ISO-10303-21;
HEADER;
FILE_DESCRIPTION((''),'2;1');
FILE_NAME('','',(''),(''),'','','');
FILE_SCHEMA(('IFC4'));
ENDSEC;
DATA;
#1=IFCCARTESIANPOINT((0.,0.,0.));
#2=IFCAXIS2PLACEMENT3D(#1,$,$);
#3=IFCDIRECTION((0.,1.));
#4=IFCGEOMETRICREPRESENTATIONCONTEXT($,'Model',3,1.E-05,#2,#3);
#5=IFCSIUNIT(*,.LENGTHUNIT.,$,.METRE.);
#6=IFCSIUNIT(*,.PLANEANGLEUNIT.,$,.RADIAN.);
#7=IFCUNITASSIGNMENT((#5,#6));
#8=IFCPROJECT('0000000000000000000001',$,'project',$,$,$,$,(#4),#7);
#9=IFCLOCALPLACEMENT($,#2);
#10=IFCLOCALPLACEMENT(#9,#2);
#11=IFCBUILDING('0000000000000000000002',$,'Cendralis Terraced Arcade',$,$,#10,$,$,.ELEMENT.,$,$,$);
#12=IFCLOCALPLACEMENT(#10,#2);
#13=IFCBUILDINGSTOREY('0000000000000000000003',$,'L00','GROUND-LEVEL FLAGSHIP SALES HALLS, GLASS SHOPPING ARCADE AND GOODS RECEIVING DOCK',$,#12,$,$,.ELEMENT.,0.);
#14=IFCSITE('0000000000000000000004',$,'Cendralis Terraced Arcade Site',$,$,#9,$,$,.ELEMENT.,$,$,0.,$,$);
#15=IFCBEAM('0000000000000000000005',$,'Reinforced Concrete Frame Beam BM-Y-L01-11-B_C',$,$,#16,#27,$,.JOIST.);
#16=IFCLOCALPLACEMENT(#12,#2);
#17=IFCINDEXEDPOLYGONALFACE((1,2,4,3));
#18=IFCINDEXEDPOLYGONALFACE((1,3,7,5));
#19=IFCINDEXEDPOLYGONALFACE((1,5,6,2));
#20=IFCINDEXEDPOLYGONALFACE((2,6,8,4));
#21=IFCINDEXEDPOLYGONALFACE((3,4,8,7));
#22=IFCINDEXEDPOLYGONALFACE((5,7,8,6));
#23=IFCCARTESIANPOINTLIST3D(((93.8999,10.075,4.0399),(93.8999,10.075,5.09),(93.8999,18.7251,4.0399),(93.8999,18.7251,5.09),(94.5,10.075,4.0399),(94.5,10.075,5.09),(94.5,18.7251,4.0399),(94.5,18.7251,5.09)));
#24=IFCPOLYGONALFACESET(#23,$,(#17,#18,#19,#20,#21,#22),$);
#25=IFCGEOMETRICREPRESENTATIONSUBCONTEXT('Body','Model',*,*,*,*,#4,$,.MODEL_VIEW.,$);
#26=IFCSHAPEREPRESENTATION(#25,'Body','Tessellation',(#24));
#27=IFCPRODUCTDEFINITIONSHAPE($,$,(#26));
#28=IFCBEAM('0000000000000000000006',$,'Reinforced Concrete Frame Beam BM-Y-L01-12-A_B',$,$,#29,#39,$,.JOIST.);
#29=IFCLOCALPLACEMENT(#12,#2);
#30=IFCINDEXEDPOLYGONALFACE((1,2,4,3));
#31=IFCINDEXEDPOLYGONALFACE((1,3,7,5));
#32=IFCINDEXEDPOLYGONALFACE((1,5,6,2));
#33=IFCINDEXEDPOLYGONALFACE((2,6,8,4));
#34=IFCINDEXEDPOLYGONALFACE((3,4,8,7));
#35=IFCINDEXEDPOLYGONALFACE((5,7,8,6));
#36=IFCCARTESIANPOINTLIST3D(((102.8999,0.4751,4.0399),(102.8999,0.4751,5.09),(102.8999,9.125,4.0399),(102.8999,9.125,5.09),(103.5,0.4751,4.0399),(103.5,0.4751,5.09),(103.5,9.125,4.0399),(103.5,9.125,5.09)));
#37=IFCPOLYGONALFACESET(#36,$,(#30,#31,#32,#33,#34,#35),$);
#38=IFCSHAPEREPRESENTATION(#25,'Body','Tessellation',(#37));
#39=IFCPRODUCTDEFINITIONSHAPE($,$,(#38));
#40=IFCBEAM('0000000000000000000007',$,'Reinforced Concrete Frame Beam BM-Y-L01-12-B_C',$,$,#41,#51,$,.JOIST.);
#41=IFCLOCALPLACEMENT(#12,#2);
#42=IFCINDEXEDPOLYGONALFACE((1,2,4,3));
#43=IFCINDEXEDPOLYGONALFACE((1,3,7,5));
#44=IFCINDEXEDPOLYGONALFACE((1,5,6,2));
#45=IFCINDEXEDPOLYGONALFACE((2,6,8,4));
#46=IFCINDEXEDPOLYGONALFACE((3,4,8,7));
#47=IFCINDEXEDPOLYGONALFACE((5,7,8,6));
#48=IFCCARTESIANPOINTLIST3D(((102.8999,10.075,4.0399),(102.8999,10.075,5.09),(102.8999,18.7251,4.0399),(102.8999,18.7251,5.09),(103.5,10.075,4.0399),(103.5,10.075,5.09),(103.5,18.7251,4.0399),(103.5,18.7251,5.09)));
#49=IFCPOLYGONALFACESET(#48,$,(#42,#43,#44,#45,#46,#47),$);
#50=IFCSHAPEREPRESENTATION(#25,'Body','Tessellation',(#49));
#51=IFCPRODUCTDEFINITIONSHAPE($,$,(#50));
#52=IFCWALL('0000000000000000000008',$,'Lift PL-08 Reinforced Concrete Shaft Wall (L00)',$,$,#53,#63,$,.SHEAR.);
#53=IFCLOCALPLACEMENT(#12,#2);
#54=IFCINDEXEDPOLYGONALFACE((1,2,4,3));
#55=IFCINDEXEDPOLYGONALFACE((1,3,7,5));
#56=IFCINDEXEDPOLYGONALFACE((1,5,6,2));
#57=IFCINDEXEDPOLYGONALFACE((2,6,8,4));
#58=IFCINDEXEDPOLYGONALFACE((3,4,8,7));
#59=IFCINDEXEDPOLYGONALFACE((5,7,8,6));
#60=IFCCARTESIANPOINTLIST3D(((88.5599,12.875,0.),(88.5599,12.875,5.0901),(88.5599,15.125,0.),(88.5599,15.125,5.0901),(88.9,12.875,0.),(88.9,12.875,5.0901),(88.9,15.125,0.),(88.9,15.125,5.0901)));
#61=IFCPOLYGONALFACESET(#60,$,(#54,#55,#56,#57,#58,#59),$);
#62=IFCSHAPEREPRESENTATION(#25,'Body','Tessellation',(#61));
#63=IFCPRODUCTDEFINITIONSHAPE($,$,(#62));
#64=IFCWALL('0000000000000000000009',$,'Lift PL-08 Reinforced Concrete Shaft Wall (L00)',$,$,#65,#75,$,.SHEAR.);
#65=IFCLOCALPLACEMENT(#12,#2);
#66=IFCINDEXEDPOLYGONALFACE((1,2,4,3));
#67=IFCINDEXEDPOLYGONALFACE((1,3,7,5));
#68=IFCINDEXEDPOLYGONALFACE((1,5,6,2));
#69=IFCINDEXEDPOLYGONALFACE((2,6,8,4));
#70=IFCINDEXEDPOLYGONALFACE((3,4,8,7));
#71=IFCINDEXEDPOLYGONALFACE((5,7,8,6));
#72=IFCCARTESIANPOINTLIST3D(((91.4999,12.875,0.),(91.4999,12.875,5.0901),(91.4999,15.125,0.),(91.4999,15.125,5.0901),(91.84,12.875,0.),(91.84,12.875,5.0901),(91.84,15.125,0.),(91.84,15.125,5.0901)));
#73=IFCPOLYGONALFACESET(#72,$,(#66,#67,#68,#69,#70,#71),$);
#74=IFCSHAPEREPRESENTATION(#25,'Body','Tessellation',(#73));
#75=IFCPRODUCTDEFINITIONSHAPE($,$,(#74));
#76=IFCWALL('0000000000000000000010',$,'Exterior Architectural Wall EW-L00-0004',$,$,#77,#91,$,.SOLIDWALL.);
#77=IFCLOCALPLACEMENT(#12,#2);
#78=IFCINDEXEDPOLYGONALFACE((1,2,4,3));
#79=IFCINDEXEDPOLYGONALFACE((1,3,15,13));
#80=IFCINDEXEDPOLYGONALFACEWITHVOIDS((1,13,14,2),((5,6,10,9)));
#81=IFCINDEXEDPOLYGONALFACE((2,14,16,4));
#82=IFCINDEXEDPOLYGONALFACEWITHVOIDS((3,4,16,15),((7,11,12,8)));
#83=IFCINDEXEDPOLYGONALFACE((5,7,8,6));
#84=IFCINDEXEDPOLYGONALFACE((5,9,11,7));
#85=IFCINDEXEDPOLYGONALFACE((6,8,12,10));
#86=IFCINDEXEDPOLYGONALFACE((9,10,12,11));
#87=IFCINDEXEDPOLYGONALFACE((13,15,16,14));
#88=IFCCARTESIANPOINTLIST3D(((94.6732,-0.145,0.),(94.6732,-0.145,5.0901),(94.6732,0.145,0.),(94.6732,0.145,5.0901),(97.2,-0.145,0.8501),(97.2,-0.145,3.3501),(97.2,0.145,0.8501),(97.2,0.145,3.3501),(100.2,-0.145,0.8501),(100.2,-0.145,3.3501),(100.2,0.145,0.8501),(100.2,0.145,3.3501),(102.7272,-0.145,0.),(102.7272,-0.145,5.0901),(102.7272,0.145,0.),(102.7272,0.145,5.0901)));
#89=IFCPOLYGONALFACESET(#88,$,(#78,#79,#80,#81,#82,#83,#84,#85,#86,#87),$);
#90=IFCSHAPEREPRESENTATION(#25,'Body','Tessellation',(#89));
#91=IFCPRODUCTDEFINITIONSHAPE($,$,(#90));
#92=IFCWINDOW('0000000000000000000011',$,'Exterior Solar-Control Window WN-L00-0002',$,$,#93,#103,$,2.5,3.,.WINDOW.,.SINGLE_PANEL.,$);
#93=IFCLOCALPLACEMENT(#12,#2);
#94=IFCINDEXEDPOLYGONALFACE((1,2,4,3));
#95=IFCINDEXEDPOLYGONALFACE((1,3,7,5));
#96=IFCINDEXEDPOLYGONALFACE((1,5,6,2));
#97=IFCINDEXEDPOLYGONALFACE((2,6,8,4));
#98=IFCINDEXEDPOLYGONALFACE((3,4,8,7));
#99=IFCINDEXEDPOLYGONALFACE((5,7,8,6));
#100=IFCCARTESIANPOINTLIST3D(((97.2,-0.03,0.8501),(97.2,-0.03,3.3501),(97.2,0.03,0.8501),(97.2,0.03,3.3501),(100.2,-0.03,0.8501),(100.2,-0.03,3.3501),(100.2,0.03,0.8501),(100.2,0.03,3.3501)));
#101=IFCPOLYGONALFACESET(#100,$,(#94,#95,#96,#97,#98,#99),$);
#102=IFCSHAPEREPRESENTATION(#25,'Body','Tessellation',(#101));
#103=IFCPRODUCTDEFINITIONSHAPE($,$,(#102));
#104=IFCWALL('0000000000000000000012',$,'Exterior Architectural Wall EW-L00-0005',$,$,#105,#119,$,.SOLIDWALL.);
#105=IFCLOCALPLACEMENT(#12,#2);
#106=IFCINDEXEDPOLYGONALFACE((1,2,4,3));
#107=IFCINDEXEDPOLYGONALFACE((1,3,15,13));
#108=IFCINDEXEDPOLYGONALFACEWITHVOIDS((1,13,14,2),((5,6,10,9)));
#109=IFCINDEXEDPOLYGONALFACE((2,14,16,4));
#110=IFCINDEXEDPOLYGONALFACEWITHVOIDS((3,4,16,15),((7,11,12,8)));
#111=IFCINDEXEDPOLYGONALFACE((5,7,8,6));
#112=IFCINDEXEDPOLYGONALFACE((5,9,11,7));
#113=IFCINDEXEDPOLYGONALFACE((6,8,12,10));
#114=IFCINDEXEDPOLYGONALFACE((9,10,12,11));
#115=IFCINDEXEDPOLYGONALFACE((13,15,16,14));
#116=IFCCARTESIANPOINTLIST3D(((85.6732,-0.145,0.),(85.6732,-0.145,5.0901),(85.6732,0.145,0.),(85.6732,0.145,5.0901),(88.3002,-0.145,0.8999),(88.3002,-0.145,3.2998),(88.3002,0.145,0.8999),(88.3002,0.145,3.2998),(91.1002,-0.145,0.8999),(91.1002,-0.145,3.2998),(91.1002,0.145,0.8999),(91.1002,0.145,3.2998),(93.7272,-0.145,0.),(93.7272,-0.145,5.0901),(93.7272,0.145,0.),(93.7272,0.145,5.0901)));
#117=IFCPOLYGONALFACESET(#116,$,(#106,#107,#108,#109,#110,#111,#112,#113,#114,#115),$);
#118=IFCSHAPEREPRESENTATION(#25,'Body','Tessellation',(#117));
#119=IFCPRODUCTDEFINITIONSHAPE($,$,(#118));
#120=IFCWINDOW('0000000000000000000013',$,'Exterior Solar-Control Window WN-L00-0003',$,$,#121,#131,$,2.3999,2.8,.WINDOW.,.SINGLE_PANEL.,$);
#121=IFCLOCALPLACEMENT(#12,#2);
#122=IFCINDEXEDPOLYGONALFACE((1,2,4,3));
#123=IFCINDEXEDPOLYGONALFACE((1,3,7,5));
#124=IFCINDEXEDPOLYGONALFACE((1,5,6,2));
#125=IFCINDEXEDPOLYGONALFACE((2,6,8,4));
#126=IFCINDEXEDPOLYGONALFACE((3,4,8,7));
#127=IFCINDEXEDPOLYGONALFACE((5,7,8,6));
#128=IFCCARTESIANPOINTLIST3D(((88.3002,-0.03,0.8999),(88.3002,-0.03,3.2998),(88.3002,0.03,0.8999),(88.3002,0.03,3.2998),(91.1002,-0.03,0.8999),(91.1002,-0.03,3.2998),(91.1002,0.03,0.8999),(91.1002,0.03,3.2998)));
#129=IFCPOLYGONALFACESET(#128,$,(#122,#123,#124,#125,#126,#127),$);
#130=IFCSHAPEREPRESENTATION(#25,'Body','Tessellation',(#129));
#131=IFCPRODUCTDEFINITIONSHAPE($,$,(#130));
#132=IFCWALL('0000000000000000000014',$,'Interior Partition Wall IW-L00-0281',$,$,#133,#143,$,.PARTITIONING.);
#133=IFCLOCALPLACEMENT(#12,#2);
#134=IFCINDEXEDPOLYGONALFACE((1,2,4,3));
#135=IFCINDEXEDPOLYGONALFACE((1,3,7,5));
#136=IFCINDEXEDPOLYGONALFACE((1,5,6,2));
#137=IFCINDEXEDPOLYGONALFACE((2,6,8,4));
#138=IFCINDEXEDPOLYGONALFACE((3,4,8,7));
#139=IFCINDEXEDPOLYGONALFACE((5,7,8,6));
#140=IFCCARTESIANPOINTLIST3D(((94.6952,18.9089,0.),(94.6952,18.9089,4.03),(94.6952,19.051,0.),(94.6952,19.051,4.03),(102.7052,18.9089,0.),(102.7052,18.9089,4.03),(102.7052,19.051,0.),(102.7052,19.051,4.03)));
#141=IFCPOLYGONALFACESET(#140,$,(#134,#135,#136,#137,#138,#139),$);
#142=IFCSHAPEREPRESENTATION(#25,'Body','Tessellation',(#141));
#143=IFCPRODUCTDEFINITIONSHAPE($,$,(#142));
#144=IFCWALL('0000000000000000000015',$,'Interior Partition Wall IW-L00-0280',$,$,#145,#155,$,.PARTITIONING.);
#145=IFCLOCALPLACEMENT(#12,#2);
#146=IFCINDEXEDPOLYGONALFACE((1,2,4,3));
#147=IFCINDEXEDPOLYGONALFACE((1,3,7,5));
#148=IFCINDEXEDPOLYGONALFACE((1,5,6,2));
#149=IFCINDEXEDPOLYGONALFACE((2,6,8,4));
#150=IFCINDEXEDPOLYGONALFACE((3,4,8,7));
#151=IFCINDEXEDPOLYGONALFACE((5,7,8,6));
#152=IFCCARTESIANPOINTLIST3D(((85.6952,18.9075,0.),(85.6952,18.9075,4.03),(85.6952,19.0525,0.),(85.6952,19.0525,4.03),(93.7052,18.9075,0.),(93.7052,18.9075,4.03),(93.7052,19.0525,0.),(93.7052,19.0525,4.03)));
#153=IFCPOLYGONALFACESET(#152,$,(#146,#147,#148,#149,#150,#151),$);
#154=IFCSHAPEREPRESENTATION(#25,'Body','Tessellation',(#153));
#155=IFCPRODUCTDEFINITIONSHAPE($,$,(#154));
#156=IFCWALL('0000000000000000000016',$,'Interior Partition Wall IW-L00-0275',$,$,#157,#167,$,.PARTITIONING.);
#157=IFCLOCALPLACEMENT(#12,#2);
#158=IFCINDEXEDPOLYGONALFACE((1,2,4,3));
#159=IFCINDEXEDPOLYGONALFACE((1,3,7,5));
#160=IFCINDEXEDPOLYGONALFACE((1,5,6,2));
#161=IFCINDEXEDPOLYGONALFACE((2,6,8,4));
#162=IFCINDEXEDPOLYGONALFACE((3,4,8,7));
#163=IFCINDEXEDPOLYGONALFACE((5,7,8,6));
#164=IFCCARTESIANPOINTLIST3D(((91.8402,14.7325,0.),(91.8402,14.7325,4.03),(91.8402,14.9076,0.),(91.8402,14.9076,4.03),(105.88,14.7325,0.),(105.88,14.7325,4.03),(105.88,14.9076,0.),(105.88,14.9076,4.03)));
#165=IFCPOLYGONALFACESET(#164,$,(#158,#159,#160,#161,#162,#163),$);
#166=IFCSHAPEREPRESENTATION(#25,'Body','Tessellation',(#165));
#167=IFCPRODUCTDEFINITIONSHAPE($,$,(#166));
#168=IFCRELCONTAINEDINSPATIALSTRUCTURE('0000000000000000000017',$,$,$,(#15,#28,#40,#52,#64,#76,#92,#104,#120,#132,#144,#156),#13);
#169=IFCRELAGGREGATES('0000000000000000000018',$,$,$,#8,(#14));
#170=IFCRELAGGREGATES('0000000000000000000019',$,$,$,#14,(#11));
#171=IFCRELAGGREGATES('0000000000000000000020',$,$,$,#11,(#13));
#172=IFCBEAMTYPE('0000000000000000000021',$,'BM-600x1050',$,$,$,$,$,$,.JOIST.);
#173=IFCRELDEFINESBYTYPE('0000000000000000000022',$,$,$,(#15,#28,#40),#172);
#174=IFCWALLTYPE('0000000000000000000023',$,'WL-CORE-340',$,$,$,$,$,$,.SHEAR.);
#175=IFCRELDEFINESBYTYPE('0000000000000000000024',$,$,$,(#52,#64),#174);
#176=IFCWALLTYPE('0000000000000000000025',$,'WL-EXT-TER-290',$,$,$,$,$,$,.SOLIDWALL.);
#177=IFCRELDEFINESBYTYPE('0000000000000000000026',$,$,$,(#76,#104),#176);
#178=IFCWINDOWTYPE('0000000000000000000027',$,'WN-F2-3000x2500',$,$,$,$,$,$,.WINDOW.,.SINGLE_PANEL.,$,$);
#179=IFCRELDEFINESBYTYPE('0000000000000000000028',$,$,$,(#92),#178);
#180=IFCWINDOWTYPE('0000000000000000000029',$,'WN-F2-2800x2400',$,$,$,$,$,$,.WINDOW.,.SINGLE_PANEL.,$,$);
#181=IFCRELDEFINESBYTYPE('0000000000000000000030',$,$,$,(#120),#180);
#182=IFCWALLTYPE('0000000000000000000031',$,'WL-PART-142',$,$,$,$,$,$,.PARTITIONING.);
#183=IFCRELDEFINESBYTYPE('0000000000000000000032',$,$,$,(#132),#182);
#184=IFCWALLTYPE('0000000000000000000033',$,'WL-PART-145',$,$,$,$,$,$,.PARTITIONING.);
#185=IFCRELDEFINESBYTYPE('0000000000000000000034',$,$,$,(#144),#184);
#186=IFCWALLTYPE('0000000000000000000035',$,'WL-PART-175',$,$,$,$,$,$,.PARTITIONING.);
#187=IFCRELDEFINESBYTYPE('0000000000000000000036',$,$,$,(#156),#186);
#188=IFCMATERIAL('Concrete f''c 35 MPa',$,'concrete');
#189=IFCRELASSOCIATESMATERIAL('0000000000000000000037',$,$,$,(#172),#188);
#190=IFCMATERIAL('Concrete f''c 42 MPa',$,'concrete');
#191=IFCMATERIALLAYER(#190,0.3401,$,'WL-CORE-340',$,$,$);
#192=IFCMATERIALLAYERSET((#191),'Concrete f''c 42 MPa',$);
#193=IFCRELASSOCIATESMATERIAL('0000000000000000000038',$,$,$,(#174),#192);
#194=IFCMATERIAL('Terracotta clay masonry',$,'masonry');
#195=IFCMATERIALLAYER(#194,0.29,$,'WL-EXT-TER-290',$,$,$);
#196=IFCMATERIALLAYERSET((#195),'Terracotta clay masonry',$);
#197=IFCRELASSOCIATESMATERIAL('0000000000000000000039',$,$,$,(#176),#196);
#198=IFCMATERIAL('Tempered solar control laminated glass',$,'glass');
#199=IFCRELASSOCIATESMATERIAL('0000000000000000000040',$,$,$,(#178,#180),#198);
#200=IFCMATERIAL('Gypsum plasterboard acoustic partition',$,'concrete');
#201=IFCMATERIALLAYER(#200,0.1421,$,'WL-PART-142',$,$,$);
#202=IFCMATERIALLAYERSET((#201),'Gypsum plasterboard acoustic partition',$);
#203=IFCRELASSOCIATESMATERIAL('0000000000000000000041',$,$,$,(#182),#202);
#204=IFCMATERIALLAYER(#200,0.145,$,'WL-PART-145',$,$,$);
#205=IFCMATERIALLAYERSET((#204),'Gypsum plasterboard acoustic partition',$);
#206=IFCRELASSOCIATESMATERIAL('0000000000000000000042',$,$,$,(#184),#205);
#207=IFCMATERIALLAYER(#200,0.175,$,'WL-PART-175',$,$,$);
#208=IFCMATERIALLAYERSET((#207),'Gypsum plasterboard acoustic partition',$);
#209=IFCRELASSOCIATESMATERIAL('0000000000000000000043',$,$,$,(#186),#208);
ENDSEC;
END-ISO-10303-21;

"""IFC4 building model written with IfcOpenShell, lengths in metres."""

from ifc_helpers import new_model, si_unit, direction, frame, frame_2d, origin, origin_2d, place, context, subcontext, project, spatial, rectangle, extrude, material, layer, layer_set, material_profile, profile_set, type_object, element, fill, save


model = new_model("IFC4")

# Units and contexts
model_context = context("Model", 3, precision=1e-05, world=origin(), true_north=direction((0.0, 1.0)))
body_context = subcontext(model_context, "Body", "Model", "MODEL_VIEW")
ifc_project = project(units=[si_unit("LENGTHUNIT", "METRE"), si_unit("PLANEANGLEUNIT", "RADIAN")], contexts=[model_context])

# Site, building, storey
site_placement = place(None, origin())
site = spatial("IfcSite", under=ifc_project, at=site_placement, Name="Cendralis Terraced Arcade Site", CompositionType="ELEMENT", RefElevation=0.0)
building_placement = place(site_placement, origin())
building = spatial("IfcBuilding", under=site, at=building_placement, Name="Cendralis Terraced Arcade", CompositionType="ELEMENT")
storey_placement = place(building_placement, origin())
storey = spatial("IfcBuildingStorey", under=building, at=storey_placement, Name="L00", Description="GROUND-LEVEL FLAGSHIP SALES HALLS, GLASS SHOPPING ARCADE AND GOODS RECEIVING DOCK", CompositionType="ELEMENT", Elevation=0.0)

# Shared definitions
ifc_material_1 = material(Name="Concrete f'c 35 MPa", Category="concrete")

# Shared definitions
ifc_material_2 = material(Name="Concrete f'c 42 MPa", Category="concrete")

# Beams
ifc_material_profile_1 = material_profile(ifc_material_1, rectangle(XDim=0.6001, YDim=1.05, at=origin_2d()), Name="RC-BM-600x1050", Category="LoadBearing")
ifc_profile_set_1 = profile_set([ifc_material_profile_1], Name="Concrete f'c 35 MPa")
beam_type = type_object("IfcBeamType", Name="BM-600x1050", PredefinedType="JOIST", material=ifc_profile_set_1)
beam_1_placement = place(storey_placement, frame((94.2, 10.075, 4.5649), z_axis=(0.0, 1.0, 0.0), x_axis=(-1.0, 0.0, 0.0)))
element("IfcBeam", 1, at=beam_1_placement, inside=storey, type_object=beam_type, Name="Reinforced Concrete Frame Beam BM-Y-L01-11-B_C", PredefinedType="JOIST", context=body_context, shape_type="SweptSolid", body=[
    extrude(rectangle(XDim=0.6001, YDim=1.05, at=origin_2d()), origin(), (0.0, 0.0, 1.0), 8.6501),
])
beam_2_placement = place(storey_placement, frame((103.2, 0.4751, 4.5649), z_axis=(0.0, 1.0, 0.0), x_axis=(-1.0, 0.0, 0.0)))
element("IfcBeam", 2, at=beam_2_placement, inside=storey, type_object=beam_type, Name="Reinforced Concrete Frame Beam BM-Y-L01-12-A_B", PredefinedType="JOIST", context=body_context, shape_type="SweptSolid", body=[
    extrude(rectangle(XDim=0.6001, YDim=1.05, at=origin_2d()), origin(), (0.0, 0.0, 1.0), 8.6499),
])
beam_3_placement = place(storey_placement, frame((103.2, 10.075, 4.5649), z_axis=(0.0, 1.0, 0.0), x_axis=(-1.0, 0.0, 0.0)))
element("IfcBeam", 3, at=beam_3_placement, inside=storey, type_object=beam_type, Name="Reinforced Concrete Frame Beam BM-Y-L01-12-B_C", PredefinedType="JOIST", context=body_context, shape_type="SweptSolid", body=[
    extrude(rectangle(XDim=0.6001, YDim=1.05, at=origin_2d()), origin(), (0.0, 0.0, 1.0), 8.6501),
])

# Walls
ifc_layer_1 = layer(ifc_material_2, 0.3401, Name="WL-CORE-340")
ifc_layer_set_1 = layer_set([ifc_layer_1], Name="Concrete f'c 42 MPa")
wall_type_1 = type_object("IfcWallType", Name="WL-CORE-340", PredefinedType="SHEAR", material=ifc_layer_set_1)
for number, where, z_axis, x_axis, name in (
    (4, (88.73, 12.875, 0.0), (0.0, 0.0, 1.0), (0.0, 1.0, 0.0), "Lift PL-08 Reinforced Concrete Shaft Wall (L00)"),
    (5, (91.6699, 12.875, 0.0), (0.0, 0.0, 1.0), (0.0, 1.0, 0.0), "Lift PL-08 Reinforced Concrete Shaft Wall (L00)"),
):
    element("IfcWall", number, at=place(storey_placement, frame(where, z_axis=z_axis, x_axis=x_axis)), inside=storey, type_object=wall_type_1, Name=name, PredefinedType="SHEAR", context=body_context, shape_type="SweptSolid", body=[
        extrude(rectangle(XDim=2.25, YDim=0.3401, at=frame_2d((1.125, 0.0))), origin(), (0.0, 0.0, 1.0), 5.0901),
    ])

# Walls, openings, windows
ifc_material_3 = material(Name="Terracotta clay masonry", Category="masonry")
ifc_layer_2 = layer(ifc_material_3, 0.29, Name="WL-EXT-TER-290")
ifc_layer_set_2 = layer_set([ifc_layer_2], Name="Terracotta clay masonry")
wall_type_2 = type_object("IfcWallType", Name="WL-EXT-TER-290", PredefinedType="SOLIDWALL", material=ifc_layer_set_2)
wall_1_placement = place(storey_placement, frame((102.7271, 0.0, 0.0), z_axis=(0.0, 0.0, 1.0), x_axis=(-1.0, 0.0, 0.0)))
wall_1 = element("IfcWall", 6, at=wall_1_placement, inside=storey, type_object=wall_type_2, Name="Exterior Architectural Wall EW-L00-0004", PredefinedType="SOLIDWALL", context=body_context, shape_type="SweptSolid", body=[
    extrude(rectangle(XDim=8.054, YDim=0.29, at=frame_2d((4.0269, 0.0))), origin(), (0.0, 0.0, 1.0), 5.0901),
])
opening_1_placement = place(wall_1_placement, frame((2.5271, 0.0, 0.8501)))
opening_1 = element("IfcOpeningElement", 7, at=opening_1_placement, cuts=wall_1, PredefinedType="OPENING", context=body_context, shape_type="SweptSolid", body=[
    extrude(rectangle(XDim=3.0, YDim=2.5, at=frame_2d((1.5, 1.25))), frame((0.0, 0.157, 0.0), z_axis=(0.0, -1.0, 0.0), x_axis=(1.0, 0.0, 0.0)), (0.0, 0.0, 1.0), 0.314),
])
ifc_material_4 = material(Name="Tempered solar control laminated glass", Category="glass")
window_type_1 = type_object("IfcWindowType", Name="WN-F2-3000x2500", PartitioningType="SINGLE_PANEL", PredefinedType="WINDOW", material=ifc_material_4)
window_1_placement = place(opening_1_placement, origin())
window_1 = element("IfcWindow", 8, at=window_1_placement, inside=storey, type_object=window_type_1, Name="Exterior Solar-Control Window WN-L00-0002", OverallHeight=2.5, OverallWidth=3.0, PartitioningType="SINGLE_PANEL", PredefinedType="WINDOW", context=body_context, shape_type="SweptSolid", body=[
    extrude(rectangle(XDim=3.0, YDim=2.5, at=frame_2d((1.5, 1.25))), frame((0.0, 0.03, 0.0), z_axis=(0.0, -1.0, 0.0), x_axis=(1.0, 0.0, 0.0)), (0.0, 0.0, 1.0), 0.0601),
])
fill(opening_1, window_1)
wall_2_placement = place(storey_placement, frame((93.7271, 0.0, 0.0), z_axis=(0.0, 0.0, 1.0), x_axis=(-1.0, 0.0, 0.0)))
wall_2 = element("IfcWall", 9, at=wall_2_placement, inside=storey, type_object=wall_type_2, Name="Exterior Architectural Wall EW-L00-0005", PredefinedType="SOLIDWALL", context=body_context, shape_type="SweptSolid", body=[
    extrude(rectangle(XDim=8.054, YDim=0.29, at=frame_2d((4.0269, 0.0))), origin(), (0.0, 0.0, 1.0), 5.0901),
])
opening_2_placement = place(wall_2_placement, frame((2.627, 0.0, 0.8999)))
opening_2 = element("IfcOpeningElement", 10, at=opening_2_placement, cuts=wall_2, PredefinedType="OPENING", context=body_context, shape_type="SweptSolid", body=[
    extrude(rectangle(XDim=2.8, YDim=2.3999, at=frame_2d((1.3999, 1.2))), frame((0.0, 0.157, 0.0), z_axis=(0.0, -1.0, 0.0), x_axis=(1.0, 0.0, 0.0)), (0.0, 0.0, 1.0), 0.314),
])
window_type_2 = type_object("IfcWindowType", Name="WN-F2-2800x2400", PartitioningType="SINGLE_PANEL", PredefinedType="WINDOW", material=ifc_material_4)
window_2_placement = place(opening_2_placement, origin())
window_2 = element("IfcWindow", 11, at=window_2_placement, inside=storey, type_object=window_type_2, Name="Exterior Solar-Control Window WN-L00-0003", OverallHeight=2.3999, OverallWidth=2.8, PartitioningType="SINGLE_PANEL", PredefinedType="WINDOW", context=body_context, shape_type="SweptSolid", body=[
    extrude(rectangle(XDim=2.8, YDim=2.3999, at=frame_2d((1.3999, 1.2))), frame((0.0, 0.03, 0.0), z_axis=(0.0, -1.0, 0.0), x_axis=(1.0, 0.0, 0.0)), (0.0, 0.0, 1.0), 0.0601),
])
fill(opening_2, window_2)

# Walls
ifc_material_5 = material(Name="Gypsum plasterboard acoustic partition", Category="concrete")
ifc_layer_3 = layer(ifc_material_5, 0.1421, Name="WL-PART-142")
ifc_layer_set_3 = layer_set([ifc_layer_3], Name="Gypsum plasterboard acoustic partition")
wall_type_3 = type_object("IfcWallType", Name="WL-PART-142", PredefinedType="PARTITIONING", material=ifc_layer_set_3)
wall_3_placement = place(storey_placement, frame((102.7051, 18.98, 0.0), z_axis=(0.0, 0.0, 1.0), x_axis=(-1.0, 0.0, 0.0)))
element("IfcWall", 12, at=wall_3_placement, inside=storey, type_object=wall_type_3, Name="Interior Partition Wall IW-L00-0281", PredefinedType="PARTITIONING", context=body_context, shape_type="SweptSolid", body=[
    extrude(rectangle(XDim=8.01, YDim=0.1421, at=frame_2d((4.0049, 0.0))), origin(), (0.0, 0.0, 1.0), 4.03),
])
ifc_layer_4 = layer(ifc_material_5, 0.145, Name="WL-PART-145")
ifc_layer_set_4 = layer_set([ifc_layer_4], Name="Gypsum plasterboard acoustic partition")
wall_type_4 = type_object("IfcWallType", Name="WL-PART-145", PredefinedType="PARTITIONING", material=ifc_layer_set_4)
wall_4_placement = place(storey_placement, frame((93.7051, 18.98, 0.0), z_axis=(0.0, 0.0, 1.0), x_axis=(-1.0, 0.0, 0.0)))
element("IfcWall", 13, at=wall_4_placement, inside=storey, type_object=wall_type_4, Name="Interior Partition Wall IW-L00-0280", PredefinedType="PARTITIONING", context=body_context, shape_type="SweptSolid", body=[
    extrude(rectangle(XDim=8.01, YDim=0.145, at=frame_2d((4.0049, 0.0))), origin(), (0.0, 0.0, 1.0), 4.03),
])
ifc_layer_5 = layer(ifc_material_5, 0.175, Name="WL-PART-175")
ifc_layer_set_5 = layer_set([ifc_layer_5], Name="Gypsum plasterboard acoustic partition")
wall_type_5 = type_object("IfcWallType", Name="WL-PART-175", PredefinedType="PARTITIONING", material=ifc_layer_set_5)
wall_5_placement = place(storey_placement, frame((91.8401, 14.8201, 0.0), z_axis=(0.0, 0.0, 1.0), x_axis=(1.0, 0.0, 0.0)))
element("IfcWall", 14, at=wall_5_placement, inside=storey, type_object=wall_type_5, Name="Interior Partition Wall IW-L00-0275", PredefinedType="PARTITIONING", context=body_context, shape_type="SweptSolid", body=[
    extrude(rectangle(XDim=14.0398, YDim=0.175, at=frame_2d((7.02, 0.0))), origin(), (0.0, 0.0, 1.0), 4.03),
])

save(model, "model.ifc")
